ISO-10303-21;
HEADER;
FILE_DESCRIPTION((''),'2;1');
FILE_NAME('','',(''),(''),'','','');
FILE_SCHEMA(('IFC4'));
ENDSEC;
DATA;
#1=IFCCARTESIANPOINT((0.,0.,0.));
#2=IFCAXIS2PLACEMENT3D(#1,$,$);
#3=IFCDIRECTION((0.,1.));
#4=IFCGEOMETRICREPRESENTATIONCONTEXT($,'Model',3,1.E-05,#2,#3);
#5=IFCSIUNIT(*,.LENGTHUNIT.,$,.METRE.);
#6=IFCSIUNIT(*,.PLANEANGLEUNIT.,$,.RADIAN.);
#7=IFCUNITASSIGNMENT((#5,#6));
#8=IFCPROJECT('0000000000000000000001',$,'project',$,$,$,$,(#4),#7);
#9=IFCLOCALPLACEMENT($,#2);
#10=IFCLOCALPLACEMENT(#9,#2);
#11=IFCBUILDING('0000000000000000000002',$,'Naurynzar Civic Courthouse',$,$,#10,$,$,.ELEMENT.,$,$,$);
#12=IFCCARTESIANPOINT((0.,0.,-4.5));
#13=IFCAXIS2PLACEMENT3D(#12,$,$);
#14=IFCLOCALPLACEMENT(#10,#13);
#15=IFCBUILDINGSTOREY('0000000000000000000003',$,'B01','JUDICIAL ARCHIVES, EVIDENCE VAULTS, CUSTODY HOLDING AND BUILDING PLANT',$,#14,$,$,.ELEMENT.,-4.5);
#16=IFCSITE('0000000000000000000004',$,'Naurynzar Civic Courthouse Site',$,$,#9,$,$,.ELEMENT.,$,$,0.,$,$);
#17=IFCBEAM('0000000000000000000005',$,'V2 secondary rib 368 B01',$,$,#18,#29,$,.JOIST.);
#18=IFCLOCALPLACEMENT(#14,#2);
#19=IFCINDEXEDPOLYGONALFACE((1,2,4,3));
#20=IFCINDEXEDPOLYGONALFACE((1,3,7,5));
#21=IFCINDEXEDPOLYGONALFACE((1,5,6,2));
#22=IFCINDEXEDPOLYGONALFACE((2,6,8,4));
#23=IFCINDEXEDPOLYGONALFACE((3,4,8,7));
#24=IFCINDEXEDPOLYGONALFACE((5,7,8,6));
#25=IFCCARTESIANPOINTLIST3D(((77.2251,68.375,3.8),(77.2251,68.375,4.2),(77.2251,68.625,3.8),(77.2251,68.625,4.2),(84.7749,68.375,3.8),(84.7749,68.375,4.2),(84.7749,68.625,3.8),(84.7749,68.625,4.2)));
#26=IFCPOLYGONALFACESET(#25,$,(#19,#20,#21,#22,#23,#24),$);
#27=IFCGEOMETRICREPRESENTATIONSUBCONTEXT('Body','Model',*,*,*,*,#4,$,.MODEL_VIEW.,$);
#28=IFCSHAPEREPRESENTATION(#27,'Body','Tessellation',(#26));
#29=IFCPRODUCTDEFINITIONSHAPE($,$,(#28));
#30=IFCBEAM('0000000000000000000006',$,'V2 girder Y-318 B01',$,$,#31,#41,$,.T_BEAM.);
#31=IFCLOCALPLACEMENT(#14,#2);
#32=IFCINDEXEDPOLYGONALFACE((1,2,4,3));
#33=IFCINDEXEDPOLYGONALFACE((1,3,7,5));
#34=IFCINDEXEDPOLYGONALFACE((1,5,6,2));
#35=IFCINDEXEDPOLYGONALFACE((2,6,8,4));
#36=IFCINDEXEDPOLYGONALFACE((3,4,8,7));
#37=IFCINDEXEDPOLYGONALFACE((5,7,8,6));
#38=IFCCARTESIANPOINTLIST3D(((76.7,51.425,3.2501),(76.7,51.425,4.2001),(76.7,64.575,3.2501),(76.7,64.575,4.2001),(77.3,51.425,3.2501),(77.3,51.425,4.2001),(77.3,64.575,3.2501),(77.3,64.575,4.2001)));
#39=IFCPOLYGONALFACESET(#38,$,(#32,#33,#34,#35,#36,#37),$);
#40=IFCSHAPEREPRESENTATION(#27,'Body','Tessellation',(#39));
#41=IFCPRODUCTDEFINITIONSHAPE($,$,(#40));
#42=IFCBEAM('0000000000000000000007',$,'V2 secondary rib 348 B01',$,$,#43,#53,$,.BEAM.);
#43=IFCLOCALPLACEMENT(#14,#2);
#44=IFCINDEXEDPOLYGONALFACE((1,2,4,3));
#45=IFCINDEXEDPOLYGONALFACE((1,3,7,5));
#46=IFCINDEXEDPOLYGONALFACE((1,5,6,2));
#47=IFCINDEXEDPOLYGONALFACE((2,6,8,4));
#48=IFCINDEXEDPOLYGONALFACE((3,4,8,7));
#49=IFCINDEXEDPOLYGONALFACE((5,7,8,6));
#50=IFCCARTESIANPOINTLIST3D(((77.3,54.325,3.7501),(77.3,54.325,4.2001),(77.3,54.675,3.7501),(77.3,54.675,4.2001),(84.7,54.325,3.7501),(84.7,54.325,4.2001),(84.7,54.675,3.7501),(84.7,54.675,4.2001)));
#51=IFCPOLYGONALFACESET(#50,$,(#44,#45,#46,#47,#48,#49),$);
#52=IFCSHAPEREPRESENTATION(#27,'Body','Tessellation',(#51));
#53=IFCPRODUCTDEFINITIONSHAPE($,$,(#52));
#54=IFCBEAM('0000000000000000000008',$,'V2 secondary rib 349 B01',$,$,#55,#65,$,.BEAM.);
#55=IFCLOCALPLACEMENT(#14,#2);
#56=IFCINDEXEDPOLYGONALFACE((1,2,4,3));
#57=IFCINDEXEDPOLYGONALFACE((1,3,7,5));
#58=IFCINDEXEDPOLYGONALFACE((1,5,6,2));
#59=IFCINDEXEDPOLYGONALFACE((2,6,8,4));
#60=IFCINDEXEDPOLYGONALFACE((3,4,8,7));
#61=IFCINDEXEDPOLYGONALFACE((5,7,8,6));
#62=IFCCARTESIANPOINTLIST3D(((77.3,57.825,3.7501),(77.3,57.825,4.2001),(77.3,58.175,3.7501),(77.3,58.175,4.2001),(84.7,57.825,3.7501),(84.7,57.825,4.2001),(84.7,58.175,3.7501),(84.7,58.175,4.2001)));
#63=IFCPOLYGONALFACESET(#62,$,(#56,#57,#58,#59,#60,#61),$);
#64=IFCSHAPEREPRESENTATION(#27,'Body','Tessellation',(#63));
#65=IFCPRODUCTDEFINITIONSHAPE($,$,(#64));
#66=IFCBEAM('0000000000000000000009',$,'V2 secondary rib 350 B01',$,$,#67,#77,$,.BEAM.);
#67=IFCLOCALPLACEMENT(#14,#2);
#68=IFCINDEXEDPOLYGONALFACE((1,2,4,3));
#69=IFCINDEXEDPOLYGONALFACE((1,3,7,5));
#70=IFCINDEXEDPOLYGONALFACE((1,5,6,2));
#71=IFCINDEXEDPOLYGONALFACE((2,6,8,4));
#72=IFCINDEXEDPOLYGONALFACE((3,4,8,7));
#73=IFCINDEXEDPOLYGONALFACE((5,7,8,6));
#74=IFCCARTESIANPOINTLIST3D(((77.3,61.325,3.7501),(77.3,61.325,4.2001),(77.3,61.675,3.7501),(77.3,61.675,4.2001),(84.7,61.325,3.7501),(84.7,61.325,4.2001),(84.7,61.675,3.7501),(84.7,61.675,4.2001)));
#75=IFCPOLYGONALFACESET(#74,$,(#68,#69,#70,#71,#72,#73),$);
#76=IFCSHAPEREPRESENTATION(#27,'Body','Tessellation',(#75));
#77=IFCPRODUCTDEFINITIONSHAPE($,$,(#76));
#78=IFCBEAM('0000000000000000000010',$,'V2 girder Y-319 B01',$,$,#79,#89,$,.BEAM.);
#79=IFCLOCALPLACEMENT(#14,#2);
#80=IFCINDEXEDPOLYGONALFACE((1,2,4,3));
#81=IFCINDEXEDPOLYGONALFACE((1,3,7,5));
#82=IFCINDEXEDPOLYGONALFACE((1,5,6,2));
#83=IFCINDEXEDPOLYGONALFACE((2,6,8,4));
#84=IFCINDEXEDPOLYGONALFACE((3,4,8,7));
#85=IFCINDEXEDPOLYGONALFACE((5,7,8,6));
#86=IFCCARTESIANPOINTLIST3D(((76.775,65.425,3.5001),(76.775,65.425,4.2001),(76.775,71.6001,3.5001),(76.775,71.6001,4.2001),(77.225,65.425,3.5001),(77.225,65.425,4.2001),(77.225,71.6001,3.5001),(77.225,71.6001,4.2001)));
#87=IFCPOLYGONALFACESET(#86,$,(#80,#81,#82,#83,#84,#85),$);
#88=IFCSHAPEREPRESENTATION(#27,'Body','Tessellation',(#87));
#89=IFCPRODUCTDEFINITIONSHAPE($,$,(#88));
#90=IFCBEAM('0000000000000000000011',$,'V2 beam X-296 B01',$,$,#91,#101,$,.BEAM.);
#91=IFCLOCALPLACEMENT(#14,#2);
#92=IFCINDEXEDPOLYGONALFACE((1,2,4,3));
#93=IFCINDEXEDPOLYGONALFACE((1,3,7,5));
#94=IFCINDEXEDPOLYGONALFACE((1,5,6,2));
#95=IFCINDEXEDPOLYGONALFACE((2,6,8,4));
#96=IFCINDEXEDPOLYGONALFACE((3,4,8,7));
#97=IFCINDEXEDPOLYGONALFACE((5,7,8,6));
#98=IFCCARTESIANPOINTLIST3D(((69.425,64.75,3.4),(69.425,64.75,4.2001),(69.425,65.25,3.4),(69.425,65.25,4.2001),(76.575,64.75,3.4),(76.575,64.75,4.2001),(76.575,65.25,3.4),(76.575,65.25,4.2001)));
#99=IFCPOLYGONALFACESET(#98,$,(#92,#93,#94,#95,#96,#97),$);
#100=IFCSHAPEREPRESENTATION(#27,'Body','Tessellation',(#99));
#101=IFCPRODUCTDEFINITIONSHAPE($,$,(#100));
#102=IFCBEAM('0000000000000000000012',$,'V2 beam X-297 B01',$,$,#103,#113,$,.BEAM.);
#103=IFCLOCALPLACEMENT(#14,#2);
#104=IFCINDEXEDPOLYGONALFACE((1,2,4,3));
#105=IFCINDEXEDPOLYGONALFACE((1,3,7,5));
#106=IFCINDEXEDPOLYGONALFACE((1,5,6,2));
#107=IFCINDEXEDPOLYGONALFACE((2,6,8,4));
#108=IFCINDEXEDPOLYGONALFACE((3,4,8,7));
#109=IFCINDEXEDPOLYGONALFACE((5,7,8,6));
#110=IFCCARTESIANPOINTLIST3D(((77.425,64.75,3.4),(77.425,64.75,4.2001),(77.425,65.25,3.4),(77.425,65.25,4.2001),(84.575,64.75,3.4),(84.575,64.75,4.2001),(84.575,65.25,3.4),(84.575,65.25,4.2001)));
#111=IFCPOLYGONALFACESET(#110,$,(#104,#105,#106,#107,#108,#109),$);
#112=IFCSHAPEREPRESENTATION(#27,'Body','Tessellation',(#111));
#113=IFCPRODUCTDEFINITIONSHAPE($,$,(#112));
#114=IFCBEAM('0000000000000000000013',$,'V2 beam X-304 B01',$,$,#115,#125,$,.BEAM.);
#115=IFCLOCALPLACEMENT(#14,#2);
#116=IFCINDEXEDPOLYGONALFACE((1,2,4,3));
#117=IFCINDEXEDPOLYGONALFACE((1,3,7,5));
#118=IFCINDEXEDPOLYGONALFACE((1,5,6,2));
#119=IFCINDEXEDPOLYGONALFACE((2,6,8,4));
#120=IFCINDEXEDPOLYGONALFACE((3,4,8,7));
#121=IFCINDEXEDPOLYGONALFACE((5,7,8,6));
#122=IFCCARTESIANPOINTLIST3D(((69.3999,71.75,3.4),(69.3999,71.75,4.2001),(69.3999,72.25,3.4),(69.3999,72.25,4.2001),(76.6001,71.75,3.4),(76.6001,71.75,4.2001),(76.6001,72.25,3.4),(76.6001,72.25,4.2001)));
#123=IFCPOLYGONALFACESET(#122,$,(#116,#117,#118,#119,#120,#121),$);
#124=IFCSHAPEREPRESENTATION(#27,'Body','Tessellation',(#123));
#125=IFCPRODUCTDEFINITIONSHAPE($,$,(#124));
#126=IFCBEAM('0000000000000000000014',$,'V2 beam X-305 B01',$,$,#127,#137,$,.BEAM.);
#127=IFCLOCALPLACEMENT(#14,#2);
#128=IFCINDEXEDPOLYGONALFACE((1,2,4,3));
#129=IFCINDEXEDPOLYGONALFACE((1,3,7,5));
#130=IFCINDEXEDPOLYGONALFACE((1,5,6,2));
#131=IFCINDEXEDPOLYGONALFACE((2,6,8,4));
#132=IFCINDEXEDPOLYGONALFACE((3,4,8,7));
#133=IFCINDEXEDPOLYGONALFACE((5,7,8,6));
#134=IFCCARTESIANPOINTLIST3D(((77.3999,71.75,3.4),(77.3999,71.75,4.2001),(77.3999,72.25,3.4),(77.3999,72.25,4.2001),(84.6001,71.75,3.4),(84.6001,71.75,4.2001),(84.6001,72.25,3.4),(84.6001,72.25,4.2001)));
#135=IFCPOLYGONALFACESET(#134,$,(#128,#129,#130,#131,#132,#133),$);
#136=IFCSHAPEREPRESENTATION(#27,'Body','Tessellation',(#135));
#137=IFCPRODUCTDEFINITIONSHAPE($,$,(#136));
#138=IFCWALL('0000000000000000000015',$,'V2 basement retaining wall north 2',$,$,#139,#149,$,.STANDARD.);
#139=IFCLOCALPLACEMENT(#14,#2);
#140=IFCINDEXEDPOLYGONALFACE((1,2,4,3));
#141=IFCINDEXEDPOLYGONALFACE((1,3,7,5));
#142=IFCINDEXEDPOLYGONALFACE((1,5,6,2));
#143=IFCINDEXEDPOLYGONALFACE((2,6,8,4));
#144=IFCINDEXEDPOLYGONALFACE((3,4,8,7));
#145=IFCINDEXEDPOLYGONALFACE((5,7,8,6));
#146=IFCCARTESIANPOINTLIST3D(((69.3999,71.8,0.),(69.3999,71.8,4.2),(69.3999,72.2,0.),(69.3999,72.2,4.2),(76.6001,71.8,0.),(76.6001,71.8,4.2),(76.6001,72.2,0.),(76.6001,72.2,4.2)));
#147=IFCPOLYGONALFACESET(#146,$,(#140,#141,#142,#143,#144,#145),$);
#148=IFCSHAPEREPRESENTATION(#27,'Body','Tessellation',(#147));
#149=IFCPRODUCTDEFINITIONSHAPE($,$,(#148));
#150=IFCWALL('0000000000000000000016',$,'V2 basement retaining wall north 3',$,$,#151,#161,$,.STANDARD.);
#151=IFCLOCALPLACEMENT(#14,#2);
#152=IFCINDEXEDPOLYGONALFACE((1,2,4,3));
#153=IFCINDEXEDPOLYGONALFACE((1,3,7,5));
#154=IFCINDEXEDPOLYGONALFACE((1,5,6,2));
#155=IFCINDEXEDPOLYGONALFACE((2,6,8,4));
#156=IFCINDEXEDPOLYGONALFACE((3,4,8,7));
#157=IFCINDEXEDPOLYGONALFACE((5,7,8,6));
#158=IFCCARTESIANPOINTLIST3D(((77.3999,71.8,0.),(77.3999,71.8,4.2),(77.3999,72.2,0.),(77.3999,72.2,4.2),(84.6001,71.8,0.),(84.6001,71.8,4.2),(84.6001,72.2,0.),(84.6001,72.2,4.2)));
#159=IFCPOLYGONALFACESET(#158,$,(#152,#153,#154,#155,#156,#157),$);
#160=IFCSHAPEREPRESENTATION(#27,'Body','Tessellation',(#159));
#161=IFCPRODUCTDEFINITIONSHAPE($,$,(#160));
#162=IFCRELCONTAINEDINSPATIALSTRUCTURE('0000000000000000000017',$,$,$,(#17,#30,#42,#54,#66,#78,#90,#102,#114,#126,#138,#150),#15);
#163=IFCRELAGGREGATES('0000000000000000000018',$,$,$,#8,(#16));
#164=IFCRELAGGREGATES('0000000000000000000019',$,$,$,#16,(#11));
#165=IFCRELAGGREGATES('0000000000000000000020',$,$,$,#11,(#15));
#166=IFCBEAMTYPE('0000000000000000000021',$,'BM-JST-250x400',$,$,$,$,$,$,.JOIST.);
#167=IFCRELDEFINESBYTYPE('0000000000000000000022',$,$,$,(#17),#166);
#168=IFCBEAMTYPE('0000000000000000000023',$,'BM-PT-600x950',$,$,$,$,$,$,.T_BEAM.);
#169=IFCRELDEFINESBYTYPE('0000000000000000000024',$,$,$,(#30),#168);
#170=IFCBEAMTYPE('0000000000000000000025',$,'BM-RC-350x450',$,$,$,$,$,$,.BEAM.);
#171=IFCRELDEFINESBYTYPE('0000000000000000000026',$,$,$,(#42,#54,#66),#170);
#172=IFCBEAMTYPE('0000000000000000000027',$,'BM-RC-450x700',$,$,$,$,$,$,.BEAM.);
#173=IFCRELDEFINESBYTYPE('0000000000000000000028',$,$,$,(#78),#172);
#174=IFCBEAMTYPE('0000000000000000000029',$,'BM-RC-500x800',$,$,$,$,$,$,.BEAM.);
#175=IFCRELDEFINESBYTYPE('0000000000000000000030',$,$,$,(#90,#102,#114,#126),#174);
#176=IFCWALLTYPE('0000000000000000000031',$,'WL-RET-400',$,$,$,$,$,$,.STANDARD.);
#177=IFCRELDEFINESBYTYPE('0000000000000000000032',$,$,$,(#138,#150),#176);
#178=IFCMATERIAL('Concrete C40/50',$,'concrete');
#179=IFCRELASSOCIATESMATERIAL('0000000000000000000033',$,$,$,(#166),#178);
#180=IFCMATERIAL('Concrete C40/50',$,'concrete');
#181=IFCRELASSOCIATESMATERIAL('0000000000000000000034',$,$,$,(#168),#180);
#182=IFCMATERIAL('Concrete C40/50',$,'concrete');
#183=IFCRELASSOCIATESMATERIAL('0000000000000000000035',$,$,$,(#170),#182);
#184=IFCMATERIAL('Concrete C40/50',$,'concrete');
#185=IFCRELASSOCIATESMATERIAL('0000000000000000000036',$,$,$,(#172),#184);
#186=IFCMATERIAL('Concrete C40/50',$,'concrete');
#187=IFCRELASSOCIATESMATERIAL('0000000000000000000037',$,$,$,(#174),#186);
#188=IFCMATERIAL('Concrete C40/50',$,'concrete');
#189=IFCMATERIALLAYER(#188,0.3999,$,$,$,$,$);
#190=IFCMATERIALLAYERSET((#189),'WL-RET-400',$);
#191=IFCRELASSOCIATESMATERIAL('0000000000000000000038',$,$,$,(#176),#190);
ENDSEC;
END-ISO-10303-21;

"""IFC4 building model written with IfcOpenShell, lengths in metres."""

from ifc_helpers import new_model, si_unit, direction, frame, frame_2d, origin, origin_2d, place, context, subcontext, project, spatial, rectangle, extrude, material, layer, layer_set, material_profile, profile_set, type_object, element, save


model = new_model("IFC4")

# Units and contexts
model_context = context("Model", 3, precision=1e-05, world=origin(), true_north=direction((0.0, 1.0)))
body_context = subcontext(model_context, "Body", "Model", "MODEL_VIEW")
ifc_project = project(units=[si_unit("LENGTHUNIT", "METRE"), si_unit("PLANEANGLEUNIT", "RADIAN")], contexts=[model_context])

# Site, building, storey
site_placement = place(None, origin())
site = spatial("IfcSite", under=ifc_project, at=site_placement, Name="Naurynzar Civic Courthouse Site", CompositionType="ELEMENT", RefElevation=0.0)
building_placement = place(site_placement, origin())
building = spatial("IfcBuilding", under=site, at=building_placement, Name="Naurynzar Civic Courthouse", CompositionType="ELEMENT")
storey_placement = place(building_placement, frame((0.0, 0.0, -4.5)))
storey = spatial("IfcBuildingStorey", under=building, at=storey_placement, Name="B01", Description="JUDICIAL ARCHIVES, EVIDENCE VAULTS, CUSTODY HOLDING AND BUILDING PLANT", CompositionType="ELEMENT", Elevation=-4.5)

# Beams
ifc_material_1 = material(Name="Concrete C40/50", Category="concrete")
ifc_material_profile_1 = material_profile(ifc_material_1, rectangle(XDim=0.25, YDim=0.3999, at=origin_2d()), Name="RCB 250x400")
ifc_profile_set_1 = profile_set([ifc_material_profile_1], Name="Concrete C40/50")
beam_type_1 = type_object("IfcBeamType", Name="BM-JST-250x400", PredefinedType="JOIST", material=ifc_profile_set_1)
beam_1_placement = place(storey_placement, frame((77.2251, 68.5, 4.0), z_axis=(1.0, 0.0, 0.0), x_axis=(0.0, 1.0, 0.0)))
element("IfcBeam", 1, at=beam_1_placement, inside=storey, type_object=beam_type_1, Name="V2 secondary rib 368 B01", PredefinedType="JOIST", context=body_context, shape_type="SweptSolid", body=[
    extrude(rectangle(XDim=0.25, YDim=0.3999, at=origin_2d()), origin(), (0.0, 0.0, 1.0), 7.5498),
])
ifc_material_2 = material(Name="Concrete C40/50", Category="concrete")
ifc_material_profile_2 = material_profile(ifc_material_2, rectangle(XDim=0.6001, YDim=0.95, at=origin_2d()), Name="PTB 600x950")
ifc_profile_set_2 = profile_set([ifc_material_profile_2], Name="Concrete C40/50")
beam_type_2 = type_object("IfcBeamType", Name="BM-PT-600x950", PredefinedType="T_BEAM", material=ifc_profile_set_2)
beam_2_placement = place(storey_placement, frame((77.0, 51.425, 3.7251), z_axis=(0.0, 1.0, 0.0), x_axis=(-1.0, 0.0, 0.0)))
element("IfcBeam", 2, at=beam_2_placement, inside=storey, type_object=beam_type_2, Name="V2 girder Y-318 B01", PredefinedType="T_BEAM", context=body_context, shape_type="SweptSolid", body=[
    extrude(rectangle(XDim=0.6001, YDim=0.95, at=origin_2d()), origin(), (0.0, 0.0, 1.0), 13.1499),
])
ifc_material_3 = material(Name="Concrete C40/50", Category="concrete")
ifc_material_profile_3 = material_profile(ifc_material_3, rectangle(XDim=0.3501, YDim=0.45, at=origin_2d()), Name="RCB 350x450")
ifc_profile_set_3 = profile_set([ifc_material_profile_3], Name="Concrete C40/50")
beam_type_3 = type_object("IfcBeamType", Name="BM-RC-350x450", PredefinedType="BEAM", material=ifc_profile_set_3)
for number, where, z_axis, x_axis, name in (
    (3, (77.3, 54.5, 3.9751), (1.0, 0.0, 0.0), (0.0, 1.0, 0.0), "V2 secondary rib 348 B01"),
    (4, (77.3, 58.0, 3.9751), (1.0, 0.0, 0.0), (0.0, 1.0, 0.0), "V2 secondary rib 349 B01"),
    (5, (77.3, 61.5, 3.9751), (1.0, 0.0, 0.0), (0.0, 1.0, 0.0), "V2 secondary rib 350 B01"),
):
    element("IfcBeam", number, at=place(storey_placement, frame(where, z_axis=z_axis, x_axis=x_axis)), inside=storey, type_object=beam_type_3, Name=name, PredefinedType="BEAM", context=body_context, shape_type="SweptSolid", body=[
        extrude(rectangle(XDim=0.3501, YDim=0.45, at=origin_2d()), origin(), (0.0, 0.0, 1.0), 7.3999),
    ])
ifc_material_4 = material(Name="Concrete C40/50", Category="concrete")
ifc_material_profile_4 = material_profile(ifc_material_4, rectangle(XDim=0.45, YDim=0.7, at=origin_2d()), Name="RCB 450x700")
ifc_profile_set_4 = profile_set([ifc_material_profile_4], Name="Concrete C40/50")
beam_type_4 = type_object("IfcBeamType", Name="BM-RC-450x700", PredefinedType="BEAM", material=ifc_profile_set_4)
beam_3_placement = place(storey_placement, frame((77.0, 65.425, 3.8501), z_axis=(0.0, 1.0, 0.0), x_axis=(-1.0, 0.0, 0.0)))
element("IfcBeam", 6, at=beam_3_placement, inside=storey, type_object=beam_type_4, Name="V2 girder Y-319 B01", PredefinedType="BEAM", context=body_context, shape_type="SweptSolid", body=[
    extrude(rectangle(XDim=0.45, YDim=0.7, at=origin_2d()), origin(), (0.0, 0.0, 1.0), 6.175),
])
ifc_material_5 = material(Name="Concrete C40/50", Category="concrete")
ifc_material_profile_5 = material_profile(ifc_material_5, rectangle(XDim=0.5, YDim=0.8, at=origin_2d()), Name="RCB 500x800")
ifc_profile_set_5 = profile_set([ifc_material_profile_5], Name="Concrete C40/50")
beam_type_5 = type_object("IfcBeamType", Name="BM-RC-500x800", PredefinedType="BEAM", material=ifc_profile_set_5)
for number, where, z_axis, x_axis, name in (
    (7, (69.425, 65.0, 3.8), (1.0, 0.0, 0.0), (0.0, 1.0, 0.0), "V2 beam X-296 B01"),
    (8, (77.425, 65.0, 3.8), (1.0, 0.0, 0.0), (0.0, 1.0, 0.0), "V2 beam X-297 B01"),
):
    element("IfcBeam", number, at=place(storey_placement, frame(where, z_axis=z_axis, x_axis=x_axis)), inside=storey, type_object=beam_type_5, Name=name, PredefinedType="BEAM", context=body_context, shape_type="SweptSolid", body=[
        extrude(rectangle(XDim=0.5, YDim=0.8, at=origin_2d()), origin(), (0.0, 0.0, 1.0), 7.1499),
    ])
for number, where, z_axis, x_axis, name in (
    (9, (69.3999, 72.0, 3.8), (1.0, 0.0, 0.0), (0.0, 1.0, 0.0), "V2 beam X-304 B01"),
    (10, (77.3999, 72.0, 3.8), (1.0, 0.0, 0.0), (0.0, 1.0, 0.0), "V2 beam X-305 B01"),
):
    element("IfcBeam", number, at=place(storey_placement, frame(where, z_axis=z_axis, x_axis=x_axis)), inside=storey, type_object=beam_type_5, Name=name, PredefinedType="BEAM", context=body_context, shape_type="SweptSolid", body=[
        extrude(rectangle(XDim=0.5, YDim=0.8, at=origin_2d()), origin(), (0.0, 0.0, 1.0), 7.2002),
    ])

# Walls
ifc_material_6 = material(Name="Concrete C40/50", Category="concrete")
ifc_layer = layer(ifc_material_6, 0.3999)
ifc_layer_set = layer_set([ifc_layer], Name="WL-RET-400")
wall_type = type_object("IfcWallType", Name="WL-RET-400", PredefinedType="STANDARD", material=ifc_layer_set)
for number, where, z_axis, x_axis, name in (
    (11, (69.3999, 72.0, 0.0), (0.0, 0.0, 1.0), (1.0, 0.0, 0.0), "V2 basement retaining wall north 2"),
    (12, (77.3999, 72.0, 0.0), (0.0, 0.0, 1.0), (1.0, 0.0, 0.0), "V2 basement retaining wall north 3"),
):
    element("IfcWall", number, at=place(storey_placement, frame(where, z_axis=z_axis, x_axis=x_axis)), inside=storey, type_object=wall_type, Name=name, PredefinedType="STANDARD", context=body_context, shape_type="SweptSolid", body=[
        extrude(rectangle(XDim=7.2002, YDim=0.3999, at=frame_2d((3.6001, 0.0))), origin(), (0.0, 0.0, 1.0), 4.2),
    ])

save(model, "model.ifc")
